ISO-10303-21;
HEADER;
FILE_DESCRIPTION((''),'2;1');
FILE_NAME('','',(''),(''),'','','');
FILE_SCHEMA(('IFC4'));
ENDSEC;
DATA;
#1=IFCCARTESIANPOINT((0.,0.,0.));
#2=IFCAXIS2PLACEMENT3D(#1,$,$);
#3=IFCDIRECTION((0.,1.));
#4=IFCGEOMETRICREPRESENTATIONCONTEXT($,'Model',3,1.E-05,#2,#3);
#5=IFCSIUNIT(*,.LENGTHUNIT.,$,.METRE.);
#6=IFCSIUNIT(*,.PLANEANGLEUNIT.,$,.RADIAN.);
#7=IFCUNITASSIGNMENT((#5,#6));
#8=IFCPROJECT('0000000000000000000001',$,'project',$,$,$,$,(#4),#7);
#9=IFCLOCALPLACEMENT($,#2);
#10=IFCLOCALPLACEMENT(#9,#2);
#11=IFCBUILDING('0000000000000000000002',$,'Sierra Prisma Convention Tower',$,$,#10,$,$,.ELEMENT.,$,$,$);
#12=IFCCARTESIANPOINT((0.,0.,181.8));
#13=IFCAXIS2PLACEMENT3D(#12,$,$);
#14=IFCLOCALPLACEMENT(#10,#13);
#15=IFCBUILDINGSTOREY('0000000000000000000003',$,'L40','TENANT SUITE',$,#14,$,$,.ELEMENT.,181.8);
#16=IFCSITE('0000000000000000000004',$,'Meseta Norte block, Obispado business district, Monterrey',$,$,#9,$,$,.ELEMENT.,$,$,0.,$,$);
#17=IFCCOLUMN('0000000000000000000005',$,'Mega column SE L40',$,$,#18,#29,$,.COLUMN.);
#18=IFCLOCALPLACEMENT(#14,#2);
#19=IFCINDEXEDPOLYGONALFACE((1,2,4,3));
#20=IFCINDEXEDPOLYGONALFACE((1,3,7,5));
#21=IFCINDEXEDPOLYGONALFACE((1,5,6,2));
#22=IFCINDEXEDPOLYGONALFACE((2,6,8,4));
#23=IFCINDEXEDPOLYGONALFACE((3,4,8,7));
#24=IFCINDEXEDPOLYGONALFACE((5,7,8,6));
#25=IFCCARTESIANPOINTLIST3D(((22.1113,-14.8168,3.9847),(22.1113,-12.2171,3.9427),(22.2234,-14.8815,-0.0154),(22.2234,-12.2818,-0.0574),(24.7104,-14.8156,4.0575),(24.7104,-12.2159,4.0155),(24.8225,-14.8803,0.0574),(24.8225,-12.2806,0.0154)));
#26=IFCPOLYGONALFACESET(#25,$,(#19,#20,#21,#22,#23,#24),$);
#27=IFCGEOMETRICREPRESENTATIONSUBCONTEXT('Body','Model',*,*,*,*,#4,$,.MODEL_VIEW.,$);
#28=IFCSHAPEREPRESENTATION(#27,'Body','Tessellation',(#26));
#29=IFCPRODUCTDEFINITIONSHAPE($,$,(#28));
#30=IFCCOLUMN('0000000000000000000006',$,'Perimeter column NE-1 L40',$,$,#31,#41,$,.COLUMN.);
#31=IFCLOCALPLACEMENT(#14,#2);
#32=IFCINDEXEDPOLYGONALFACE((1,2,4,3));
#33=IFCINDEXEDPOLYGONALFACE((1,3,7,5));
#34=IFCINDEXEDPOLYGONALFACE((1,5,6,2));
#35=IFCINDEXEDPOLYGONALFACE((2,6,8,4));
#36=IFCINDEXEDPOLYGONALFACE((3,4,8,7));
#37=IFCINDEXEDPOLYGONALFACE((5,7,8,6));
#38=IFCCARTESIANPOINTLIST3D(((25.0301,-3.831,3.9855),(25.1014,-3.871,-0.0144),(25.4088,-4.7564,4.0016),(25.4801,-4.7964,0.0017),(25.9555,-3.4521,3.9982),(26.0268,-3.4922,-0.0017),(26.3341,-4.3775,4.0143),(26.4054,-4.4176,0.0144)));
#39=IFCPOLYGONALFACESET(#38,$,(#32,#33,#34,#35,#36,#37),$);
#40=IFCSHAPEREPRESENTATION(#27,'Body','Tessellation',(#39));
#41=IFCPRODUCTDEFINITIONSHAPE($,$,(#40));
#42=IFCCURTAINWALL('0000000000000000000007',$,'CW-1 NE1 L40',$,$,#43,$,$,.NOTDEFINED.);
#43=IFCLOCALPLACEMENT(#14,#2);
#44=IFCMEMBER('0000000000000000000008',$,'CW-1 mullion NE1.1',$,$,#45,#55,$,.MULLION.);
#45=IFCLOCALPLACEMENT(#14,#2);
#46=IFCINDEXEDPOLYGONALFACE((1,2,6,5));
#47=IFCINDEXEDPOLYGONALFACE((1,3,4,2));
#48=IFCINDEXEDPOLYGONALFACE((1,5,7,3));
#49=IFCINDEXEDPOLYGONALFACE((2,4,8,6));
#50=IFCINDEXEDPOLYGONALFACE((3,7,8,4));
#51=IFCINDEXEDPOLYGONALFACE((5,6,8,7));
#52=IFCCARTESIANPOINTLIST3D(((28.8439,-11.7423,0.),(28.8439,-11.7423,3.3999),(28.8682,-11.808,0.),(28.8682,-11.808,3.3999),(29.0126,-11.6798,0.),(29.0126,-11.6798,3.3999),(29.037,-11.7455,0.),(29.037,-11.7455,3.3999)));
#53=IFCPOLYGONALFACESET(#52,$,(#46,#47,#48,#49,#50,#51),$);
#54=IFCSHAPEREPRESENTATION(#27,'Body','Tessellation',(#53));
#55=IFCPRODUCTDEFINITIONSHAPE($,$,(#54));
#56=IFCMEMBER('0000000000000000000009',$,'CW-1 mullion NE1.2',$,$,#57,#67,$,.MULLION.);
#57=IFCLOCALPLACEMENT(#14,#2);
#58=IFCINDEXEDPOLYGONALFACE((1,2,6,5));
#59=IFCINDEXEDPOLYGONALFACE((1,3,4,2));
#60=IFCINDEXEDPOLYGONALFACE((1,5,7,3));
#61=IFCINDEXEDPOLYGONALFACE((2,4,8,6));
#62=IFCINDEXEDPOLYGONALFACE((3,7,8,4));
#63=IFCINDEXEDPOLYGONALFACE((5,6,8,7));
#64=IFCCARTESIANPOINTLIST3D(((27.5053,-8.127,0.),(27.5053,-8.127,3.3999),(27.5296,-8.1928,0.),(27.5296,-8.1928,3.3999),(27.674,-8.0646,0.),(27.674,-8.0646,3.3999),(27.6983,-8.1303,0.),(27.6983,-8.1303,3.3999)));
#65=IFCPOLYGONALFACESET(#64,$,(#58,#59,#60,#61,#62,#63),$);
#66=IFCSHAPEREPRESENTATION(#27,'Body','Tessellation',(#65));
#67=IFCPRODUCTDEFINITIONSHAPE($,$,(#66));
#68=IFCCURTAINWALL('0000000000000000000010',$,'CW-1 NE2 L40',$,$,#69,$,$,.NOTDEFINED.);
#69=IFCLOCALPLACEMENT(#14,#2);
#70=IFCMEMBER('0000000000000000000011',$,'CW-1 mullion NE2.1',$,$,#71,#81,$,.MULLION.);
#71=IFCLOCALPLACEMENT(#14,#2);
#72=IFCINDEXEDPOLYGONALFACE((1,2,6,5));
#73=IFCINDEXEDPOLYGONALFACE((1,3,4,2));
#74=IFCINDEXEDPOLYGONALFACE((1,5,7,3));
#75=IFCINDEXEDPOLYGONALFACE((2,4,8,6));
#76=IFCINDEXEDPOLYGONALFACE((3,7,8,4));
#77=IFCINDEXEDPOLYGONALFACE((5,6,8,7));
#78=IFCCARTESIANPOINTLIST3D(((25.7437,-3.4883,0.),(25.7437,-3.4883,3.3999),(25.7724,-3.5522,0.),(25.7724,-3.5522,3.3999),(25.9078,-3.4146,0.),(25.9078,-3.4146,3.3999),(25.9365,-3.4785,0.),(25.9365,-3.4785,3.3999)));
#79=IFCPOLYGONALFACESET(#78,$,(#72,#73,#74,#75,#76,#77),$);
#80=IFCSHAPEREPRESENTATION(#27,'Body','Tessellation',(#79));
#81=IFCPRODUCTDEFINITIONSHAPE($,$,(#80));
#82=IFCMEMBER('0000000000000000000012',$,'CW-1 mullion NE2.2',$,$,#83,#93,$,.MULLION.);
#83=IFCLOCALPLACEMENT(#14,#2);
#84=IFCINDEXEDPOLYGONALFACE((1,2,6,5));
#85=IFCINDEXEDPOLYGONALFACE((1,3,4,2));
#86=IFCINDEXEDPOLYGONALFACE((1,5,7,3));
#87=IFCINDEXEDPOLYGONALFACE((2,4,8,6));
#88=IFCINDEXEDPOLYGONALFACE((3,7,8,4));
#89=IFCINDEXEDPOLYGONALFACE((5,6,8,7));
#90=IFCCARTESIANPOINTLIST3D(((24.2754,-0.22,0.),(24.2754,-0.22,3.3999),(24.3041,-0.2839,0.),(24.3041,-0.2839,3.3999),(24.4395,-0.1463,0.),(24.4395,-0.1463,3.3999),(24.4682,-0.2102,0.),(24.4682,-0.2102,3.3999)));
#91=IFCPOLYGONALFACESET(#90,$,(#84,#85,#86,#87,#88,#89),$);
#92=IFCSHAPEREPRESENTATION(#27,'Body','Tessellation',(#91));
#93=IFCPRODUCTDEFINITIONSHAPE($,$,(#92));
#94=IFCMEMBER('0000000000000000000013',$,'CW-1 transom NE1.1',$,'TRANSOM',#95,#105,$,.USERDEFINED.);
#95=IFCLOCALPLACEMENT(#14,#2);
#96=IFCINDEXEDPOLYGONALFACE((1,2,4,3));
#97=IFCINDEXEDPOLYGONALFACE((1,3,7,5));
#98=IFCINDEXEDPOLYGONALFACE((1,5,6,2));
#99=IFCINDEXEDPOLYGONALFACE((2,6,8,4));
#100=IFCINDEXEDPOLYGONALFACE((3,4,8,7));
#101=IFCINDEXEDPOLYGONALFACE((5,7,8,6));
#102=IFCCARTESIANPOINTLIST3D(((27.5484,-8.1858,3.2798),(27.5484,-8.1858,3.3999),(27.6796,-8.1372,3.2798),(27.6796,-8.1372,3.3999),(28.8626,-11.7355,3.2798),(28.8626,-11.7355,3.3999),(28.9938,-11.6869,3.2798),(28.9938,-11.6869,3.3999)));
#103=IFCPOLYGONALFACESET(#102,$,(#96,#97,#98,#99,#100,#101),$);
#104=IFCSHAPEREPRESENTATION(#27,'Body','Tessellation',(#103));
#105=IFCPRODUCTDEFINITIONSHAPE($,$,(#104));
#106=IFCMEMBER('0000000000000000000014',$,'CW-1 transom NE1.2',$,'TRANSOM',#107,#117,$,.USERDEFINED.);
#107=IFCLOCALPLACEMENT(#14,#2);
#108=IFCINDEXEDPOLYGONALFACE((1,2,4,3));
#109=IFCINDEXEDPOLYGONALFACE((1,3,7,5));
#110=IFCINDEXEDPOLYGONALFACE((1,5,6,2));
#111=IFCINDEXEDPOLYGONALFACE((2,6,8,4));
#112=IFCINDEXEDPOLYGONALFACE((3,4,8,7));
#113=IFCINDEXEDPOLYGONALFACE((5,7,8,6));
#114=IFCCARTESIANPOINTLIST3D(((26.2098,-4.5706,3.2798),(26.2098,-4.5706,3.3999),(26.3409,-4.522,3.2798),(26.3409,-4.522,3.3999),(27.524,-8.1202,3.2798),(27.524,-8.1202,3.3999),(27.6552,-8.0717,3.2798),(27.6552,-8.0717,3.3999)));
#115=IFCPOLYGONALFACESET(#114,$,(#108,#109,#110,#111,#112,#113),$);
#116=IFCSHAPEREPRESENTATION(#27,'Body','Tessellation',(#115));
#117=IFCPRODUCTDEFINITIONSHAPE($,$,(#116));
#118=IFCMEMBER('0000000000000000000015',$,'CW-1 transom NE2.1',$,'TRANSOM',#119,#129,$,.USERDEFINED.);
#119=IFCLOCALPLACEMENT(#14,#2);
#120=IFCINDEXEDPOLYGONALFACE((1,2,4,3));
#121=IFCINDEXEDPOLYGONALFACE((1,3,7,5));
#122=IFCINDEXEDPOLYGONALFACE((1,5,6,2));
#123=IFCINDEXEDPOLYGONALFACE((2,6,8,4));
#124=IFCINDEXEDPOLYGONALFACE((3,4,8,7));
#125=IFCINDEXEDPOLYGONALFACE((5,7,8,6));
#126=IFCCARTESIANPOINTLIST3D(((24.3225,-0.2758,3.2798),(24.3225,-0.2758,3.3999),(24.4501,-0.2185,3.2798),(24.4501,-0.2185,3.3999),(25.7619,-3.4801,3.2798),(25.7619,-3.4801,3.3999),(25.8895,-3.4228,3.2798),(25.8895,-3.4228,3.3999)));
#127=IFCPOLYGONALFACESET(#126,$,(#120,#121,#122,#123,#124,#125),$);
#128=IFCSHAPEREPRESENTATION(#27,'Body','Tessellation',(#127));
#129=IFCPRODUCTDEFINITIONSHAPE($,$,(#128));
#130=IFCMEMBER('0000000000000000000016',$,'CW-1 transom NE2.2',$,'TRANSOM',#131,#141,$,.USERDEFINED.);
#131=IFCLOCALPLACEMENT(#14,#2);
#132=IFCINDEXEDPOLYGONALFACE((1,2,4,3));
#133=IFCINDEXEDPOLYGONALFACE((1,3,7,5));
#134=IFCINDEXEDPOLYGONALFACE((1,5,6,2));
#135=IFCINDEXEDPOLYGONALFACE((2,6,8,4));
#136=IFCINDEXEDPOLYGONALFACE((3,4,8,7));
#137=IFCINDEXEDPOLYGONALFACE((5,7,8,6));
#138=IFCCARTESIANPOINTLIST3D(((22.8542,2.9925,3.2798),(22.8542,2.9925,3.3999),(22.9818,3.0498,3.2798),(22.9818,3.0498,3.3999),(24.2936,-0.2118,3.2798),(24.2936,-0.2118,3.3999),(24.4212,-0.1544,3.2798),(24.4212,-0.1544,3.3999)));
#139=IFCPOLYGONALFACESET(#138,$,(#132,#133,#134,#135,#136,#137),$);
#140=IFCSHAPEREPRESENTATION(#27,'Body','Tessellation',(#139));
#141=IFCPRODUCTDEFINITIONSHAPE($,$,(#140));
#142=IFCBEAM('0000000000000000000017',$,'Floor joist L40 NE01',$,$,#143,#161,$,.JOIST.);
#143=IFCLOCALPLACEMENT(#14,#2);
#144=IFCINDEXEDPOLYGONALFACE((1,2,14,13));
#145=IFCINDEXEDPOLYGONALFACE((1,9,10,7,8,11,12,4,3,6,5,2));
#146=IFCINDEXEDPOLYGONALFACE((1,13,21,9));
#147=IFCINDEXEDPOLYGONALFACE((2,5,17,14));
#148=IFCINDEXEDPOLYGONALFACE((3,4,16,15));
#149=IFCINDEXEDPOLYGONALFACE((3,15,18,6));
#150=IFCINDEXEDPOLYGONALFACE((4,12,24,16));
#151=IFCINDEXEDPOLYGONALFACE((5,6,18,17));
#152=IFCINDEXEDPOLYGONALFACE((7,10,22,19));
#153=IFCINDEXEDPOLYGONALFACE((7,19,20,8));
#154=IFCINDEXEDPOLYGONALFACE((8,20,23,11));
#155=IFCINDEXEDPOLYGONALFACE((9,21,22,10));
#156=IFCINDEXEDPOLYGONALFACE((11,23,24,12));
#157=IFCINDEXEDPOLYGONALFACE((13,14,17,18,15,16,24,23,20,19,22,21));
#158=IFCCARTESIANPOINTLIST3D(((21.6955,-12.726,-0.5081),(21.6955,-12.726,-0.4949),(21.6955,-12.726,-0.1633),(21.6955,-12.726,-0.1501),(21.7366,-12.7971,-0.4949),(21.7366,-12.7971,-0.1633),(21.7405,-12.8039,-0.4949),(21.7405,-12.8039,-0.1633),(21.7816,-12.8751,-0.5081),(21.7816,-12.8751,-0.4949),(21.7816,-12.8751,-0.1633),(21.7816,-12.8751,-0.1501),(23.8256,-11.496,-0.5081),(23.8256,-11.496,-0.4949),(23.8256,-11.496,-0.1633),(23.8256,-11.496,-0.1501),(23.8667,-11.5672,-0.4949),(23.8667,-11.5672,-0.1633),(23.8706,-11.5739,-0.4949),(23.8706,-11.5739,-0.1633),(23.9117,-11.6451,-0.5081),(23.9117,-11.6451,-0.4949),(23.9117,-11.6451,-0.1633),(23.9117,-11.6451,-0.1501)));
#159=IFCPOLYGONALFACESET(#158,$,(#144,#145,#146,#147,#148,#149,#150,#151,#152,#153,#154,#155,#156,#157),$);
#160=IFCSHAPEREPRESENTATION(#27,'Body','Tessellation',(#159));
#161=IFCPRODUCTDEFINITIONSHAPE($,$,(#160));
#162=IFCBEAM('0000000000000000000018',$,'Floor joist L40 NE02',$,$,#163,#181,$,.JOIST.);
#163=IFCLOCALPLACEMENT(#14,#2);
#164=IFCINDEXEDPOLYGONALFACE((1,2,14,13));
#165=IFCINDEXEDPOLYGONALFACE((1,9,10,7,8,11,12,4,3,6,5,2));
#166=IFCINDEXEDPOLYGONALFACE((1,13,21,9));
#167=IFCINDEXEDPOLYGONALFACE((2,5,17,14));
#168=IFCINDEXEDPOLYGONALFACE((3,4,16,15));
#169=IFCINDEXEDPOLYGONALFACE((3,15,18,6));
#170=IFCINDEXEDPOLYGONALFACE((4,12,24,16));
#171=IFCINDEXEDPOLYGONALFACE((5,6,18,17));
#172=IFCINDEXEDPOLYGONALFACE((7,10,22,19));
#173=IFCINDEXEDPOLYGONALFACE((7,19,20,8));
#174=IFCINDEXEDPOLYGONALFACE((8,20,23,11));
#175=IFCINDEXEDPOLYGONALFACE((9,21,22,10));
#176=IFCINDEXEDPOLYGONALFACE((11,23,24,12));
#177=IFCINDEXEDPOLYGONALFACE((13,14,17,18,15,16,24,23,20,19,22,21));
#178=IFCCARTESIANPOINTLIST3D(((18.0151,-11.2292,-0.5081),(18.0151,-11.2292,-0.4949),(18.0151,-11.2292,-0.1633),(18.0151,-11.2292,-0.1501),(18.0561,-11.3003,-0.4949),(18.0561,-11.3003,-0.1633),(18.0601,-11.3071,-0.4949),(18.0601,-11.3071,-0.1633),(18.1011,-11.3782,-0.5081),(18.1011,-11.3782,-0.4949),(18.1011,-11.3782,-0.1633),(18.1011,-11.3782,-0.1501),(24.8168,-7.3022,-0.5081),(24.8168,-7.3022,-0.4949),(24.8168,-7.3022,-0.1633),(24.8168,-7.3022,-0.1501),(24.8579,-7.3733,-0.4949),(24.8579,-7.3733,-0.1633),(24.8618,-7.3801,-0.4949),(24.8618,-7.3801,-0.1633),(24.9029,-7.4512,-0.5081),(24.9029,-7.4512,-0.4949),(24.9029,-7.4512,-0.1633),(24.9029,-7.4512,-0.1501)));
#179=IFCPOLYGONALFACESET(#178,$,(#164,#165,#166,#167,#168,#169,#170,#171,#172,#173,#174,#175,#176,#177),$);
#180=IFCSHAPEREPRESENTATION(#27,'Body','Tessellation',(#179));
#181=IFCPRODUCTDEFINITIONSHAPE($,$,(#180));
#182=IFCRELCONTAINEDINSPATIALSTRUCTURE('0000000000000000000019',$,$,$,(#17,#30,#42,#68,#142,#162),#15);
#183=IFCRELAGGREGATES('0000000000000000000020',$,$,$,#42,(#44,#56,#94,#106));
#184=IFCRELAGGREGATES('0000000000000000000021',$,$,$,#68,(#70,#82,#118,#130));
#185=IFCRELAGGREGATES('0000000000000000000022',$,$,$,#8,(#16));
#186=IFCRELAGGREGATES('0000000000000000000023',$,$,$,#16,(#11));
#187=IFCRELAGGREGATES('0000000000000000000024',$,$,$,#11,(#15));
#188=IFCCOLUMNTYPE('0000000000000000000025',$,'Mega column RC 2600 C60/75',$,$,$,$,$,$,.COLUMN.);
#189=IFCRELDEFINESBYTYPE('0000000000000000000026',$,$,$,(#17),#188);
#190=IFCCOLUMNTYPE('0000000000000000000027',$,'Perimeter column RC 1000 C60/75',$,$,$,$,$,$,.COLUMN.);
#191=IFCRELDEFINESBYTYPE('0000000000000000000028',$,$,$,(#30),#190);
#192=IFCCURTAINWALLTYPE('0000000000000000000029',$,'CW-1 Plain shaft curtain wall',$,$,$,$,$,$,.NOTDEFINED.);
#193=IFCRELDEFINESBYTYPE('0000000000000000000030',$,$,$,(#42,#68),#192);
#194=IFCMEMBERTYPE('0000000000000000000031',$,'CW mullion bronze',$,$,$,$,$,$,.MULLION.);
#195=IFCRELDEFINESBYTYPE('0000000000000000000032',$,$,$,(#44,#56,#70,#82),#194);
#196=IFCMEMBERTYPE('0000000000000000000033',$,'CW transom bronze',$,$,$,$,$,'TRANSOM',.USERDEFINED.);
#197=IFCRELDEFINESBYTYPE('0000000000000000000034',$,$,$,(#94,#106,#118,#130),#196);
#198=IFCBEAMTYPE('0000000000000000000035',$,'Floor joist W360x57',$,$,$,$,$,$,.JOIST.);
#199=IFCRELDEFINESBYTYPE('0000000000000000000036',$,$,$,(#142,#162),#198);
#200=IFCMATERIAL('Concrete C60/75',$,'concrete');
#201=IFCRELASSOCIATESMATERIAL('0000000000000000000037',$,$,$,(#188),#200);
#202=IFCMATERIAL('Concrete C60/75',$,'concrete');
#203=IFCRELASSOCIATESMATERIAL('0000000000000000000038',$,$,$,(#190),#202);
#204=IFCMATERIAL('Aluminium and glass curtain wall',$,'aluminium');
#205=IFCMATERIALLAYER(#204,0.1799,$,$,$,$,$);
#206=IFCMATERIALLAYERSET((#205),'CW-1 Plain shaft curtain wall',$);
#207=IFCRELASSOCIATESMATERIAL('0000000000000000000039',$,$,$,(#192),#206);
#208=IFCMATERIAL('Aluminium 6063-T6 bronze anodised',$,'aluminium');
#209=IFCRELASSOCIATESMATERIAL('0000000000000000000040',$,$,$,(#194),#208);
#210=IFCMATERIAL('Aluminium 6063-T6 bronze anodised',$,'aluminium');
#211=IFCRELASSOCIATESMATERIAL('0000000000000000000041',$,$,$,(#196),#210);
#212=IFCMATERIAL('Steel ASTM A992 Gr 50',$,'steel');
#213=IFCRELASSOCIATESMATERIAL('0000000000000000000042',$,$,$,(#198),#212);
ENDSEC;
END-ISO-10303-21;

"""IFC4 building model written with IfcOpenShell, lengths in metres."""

from ifc_helpers import new_model, si_unit, direction, frame, origin, origin_2d, place, context, subcontext, project, spatial, rectangle, i_section, extrude, material, layer, layer_set, material_profile, profile_set, type_object, element, aggregate, save


model = new_model("IFC4")

# Units and contexts
model_context = context("Model", 3, precision=1e-05, world=origin(), true_north=direction((0.0, 1.0)))
body_context = subcontext(model_context, "Body", "Model", "MODEL_VIEW")
ifc_project = project(units=[si_unit("LENGTHUNIT", "METRE"), si_unit("PLANEANGLEUNIT", "RADIAN")], contexts=[model_context])

# Site, building, storey
site_placement = place(None, origin())
site = spatial("IfcSite", under=ifc_project, at=site_placement, Name="Meseta Norte block, Obispado business district, Monterrey", CompositionType="ELEMENT", RefElevation=0.0)
building_placement = place(site_placement, origin())
building = spatial("IfcBuilding", under=site, at=building_placement, Name="Sierra Prisma Convention Tower", CompositionType="ELEMENT")
storey_placement = place(building_placement, frame((0.0, 0.0, 181.8)))
storey = spatial("IfcBuildingStorey", under=building, at=storey_placement, Name="L40", Description="TENANT SUITE", CompositionType="ELEMENT", Elevation=181.8)

# Columns
ifc_material_1 = material(Name="Concrete C60/75", Category="concrete")
ifc_material_profile_1 = material_profile(ifc_material_1, rectangle(XDim=2.6001, YDim=2.6001, at=origin_2d()), Name="Mega column RC 2600 C60/75")
ifc_profile_set_1 = profile_set([ifc_material_profile_1], Name="Concrete C60/75")
column_type_1 = type_object("IfcColumnType", Name="Mega column RC 2600 C60/75", PredefinedType="COLUMN", material=ifc_profile_set_1)
column_1_placement = place(storey_placement, frame((23.5229, -13.5811, 0.0), z_axis=(-0.028, 0.016166, 0.999477), x_axis=(0.999608, 0.000453, 0.027997)))
element("IfcColumn", 1, at=column_1_placement, inside=storey, type_object=column_type_1, Name="Mega column SE L40", PredefinedType="COLUMN", context=body_context, shape_type="SweptSolid", body=[
    extrude(rectangle(XDim=2.6001, YDim=2.6001, at=origin_2d()), origin(), (0.0, 0.0, 1.0), 4.0022),
])
ifc_material_2 = material(Name="Concrete C60/75", Category="concrete")
ifc_material_profile_2 = material_profile(ifc_material_2, rectangle(XDim=1.0, YDim=1.0, at=origin_2d()), Name="Perimeter column RC 1000 C60/75")
ifc_profile_set_2 = profile_set([ifc_material_profile_2], Name="Concrete C60/75")
column_type_2 = type_object("IfcColumnType", Name="Perimeter column RC 1000 C60/75", PredefinedType="COLUMN", material=ifc_profile_set_2)
column_2_placement = place(storey_placement, frame((25.7534, -4.1443, 0.0), z_axis=(-0.017819, 0.010008, 0.999791), x_axis=(-0.378655, 0.925399, -0.016012)))
element("IfcColumn", 2, at=column_2_placement, inside=storey, type_object=column_type_2, Name="Perimeter column NE-1 L40", PredefinedType="COLUMN", context=body_context, shape_type="SweptSolid", body=[
    extrude(rectangle(XDim=1.0, YDim=1.0, at=origin_2d()), origin(), (0.0, 0.0, 1.0), 4.0007),
])

# Curtain walls, members
ifc_material_3 = material(Name="Aluminium and glass curtain wall", Category="aluminium")
ifc_layer_1 = layer(ifc_material_3, 0.1799)
ifc_layer_set_1 = layer_set([ifc_layer_1], Name="CW-1 Plain shaft curtain wall")
curtain_wall_type = type_object("IfcCurtainWallType", Name="CW-1 Plain shaft curtain wall", PredefinedType="NOTDEFINED", material=ifc_layer_set_1)
curtain_wall_1_placement = place(storey_placement, origin())
curtain_wall_1 = element("IfcCurtainWall", 3, at=curtain_wall_1_placement, inside=storey, type_object=curtain_wall_type, Name="CW-1 NE1 L40", PredefinedType="NOTDEFINED")
ifc_material_4 = material(Name="Aluminium 6063-T6 bronze anodised", Category="aluminium")
ifc_material_profile_3 = material_profile(ifc_material_4, rectangle(XDim=0.1799, YDim=0.0701, at=origin_2d()), Name="ALU MULLION 70x180")
ifc_profile_set_3 = profile_set([ifc_material_profile_3], Name="Aluminium 6063-T6 bronze anodised")
member_type_1 = type_object("IfcMemberType", Name="CW mullion bronze", PredefinedType="MULLION", material=ifc_profile_set_3)
member_1_placement = place(storey_placement, frame((28.9404, -11.7439, 0.0), z_axis=(0.0, 0.0, 1.0), x_axis=(-0.937782, -0.347224, 0.0)))
member_1 = element("IfcMember", 4, at=member_1_placement, type_object=member_type_1, Name="CW-1 mullion NE1.1", PredefinedType="MULLION", context=body_context, shape_type="SweptSolid", body=[
    extrude(rectangle(XDim=0.1799, YDim=0.0701, at=origin_2d()), origin(), (0.0, 0.0, 1.0), 3.3999),
])
member_2_placement = place(storey_placement, frame((27.6018, -8.1287, 0.0), z_axis=(0.0, 0.0, 1.0), x_axis=(-0.937782, -0.347224, 0.0)))
member_2 = element("IfcMember", 5, at=member_2_placement, type_object=member_type_1, Name="CW-1 mullion NE1.2", PredefinedType="MULLION", context=body_context, shape_type="SweptSolid", body=[
    extrude(rectangle(XDim=0.1799, YDim=0.0701, at=origin_2d()), origin(), (0.0, 0.0, 1.0), 3.3999),
])
curtain_wall_2_placement = place(storey_placement, origin())
curtain_wall_2 = element("IfcCurtainWall", 6, at=curtain_wall_2_placement, inside=storey, type_object=curtain_wall_type, Name="CW-1 NE2 L40", PredefinedType="NOTDEFINED")
member_3_placement = place(storey_placement, frame((25.8401, -3.4834, 0.0), z_axis=(0.0, 0.0, 1.0), x_axis=(-0.912188, -0.409773, 0.0)))
member_3 = element("IfcMember", 7, at=member_3_placement, type_object=member_type_1, Name="CW-1 mullion NE2.1", PredefinedType="MULLION", context=body_context, shape_type="SweptSolid", body=[
    extrude(rectangle(XDim=0.1799, YDim=0.0701, at=origin_2d()), origin(), (0.0, 0.0, 1.0), 3.3999),
])
member_4_placement = place(storey_placement, frame((24.3718, -0.2151, 0.0), z_axis=(0.0, 0.0, 1.0), x_axis=(-0.912188, -0.409773, 0.0)))
member_4 = element("IfcMember", 8, at=member_4_placement, type_object=member_type_1, Name="CW-1 mullion NE2.2", PredefinedType="MULLION", context=body_context, shape_type="SweptSolid", body=[
    extrude(rectangle(XDim=0.1799, YDim=0.0701, at=origin_2d()), origin(), (0.0, 0.0, 1.0), 3.3999),
])

# Members
ifc_material_5 = material(Name="Aluminium 6063-T6 bronze anodised", Category="aluminium")
ifc_material_profile_4 = material_profile(ifc_material_5, rectangle(XDim=0.1399, YDim=0.1201, at=origin_2d()), Name="ALU TRANSOM 120x140")
ifc_profile_set_4 = profile_set([ifc_material_profile_4], Name="Aluminium 6063-T6 bronze anodised")
member_type_2 = type_object("IfcMemberType", Name="CW transom bronze", ElementType="TRANSOM", PredefinedType="USERDEFINED", material=ifc_profile_set_4)
member_5_placement = place(storey_placement, frame((28.9282, -11.7112, 3.3398), z_axis=(-0.347211, 0.937787, 0.0), x_axis=(-0.937787, -0.347211, 0.0)))
member_5 = element("IfcMember", 9, at=member_5_placement, type_object=member_type_2, Name="CW-1 transom NE1.1", ObjectType="TRANSOM", PredefinedType="USERDEFINED", context=body_context, shape_type="SweptSolid", body=[
    extrude(rectangle(XDim=0.1399, YDim=0.1201, at=origin_2d()), origin(), (0.0, 0.0, 1.0), 3.7852),
])
member_6_placement = place(storey_placement, frame((27.5896, -8.0959, 3.3398), z_axis=(-0.347211, 0.937787, 0.0), x_axis=(-0.937787, -0.347211, 0.0)))
member_6 = element("IfcMember", 10, at=member_6_placement, type_object=member_type_2, Name="CW-1 transom NE1.2", ObjectType="TRANSOM", PredefinedType="USERDEFINED", context=body_context, shape_type="SweptSolid", body=[
    extrude(rectangle(XDim=0.1399, YDim=0.1201, at=origin_2d()), origin(), (0.0, 0.0, 1.0), 3.7852),
])
member_7_placement = place(storey_placement, frame((25.8257, -3.4514, 3.3398), z_axis=(-0.409772, 0.912188, 0.0), x_axis=(-0.912188, -0.409772, 0.0)))
member_7 = element("IfcMember", 11, at=member_7_placement, type_object=member_type_2, Name="CW-1 transom NE2.1", ObjectType="TRANSOM", PredefinedType="USERDEFINED", context=body_context, shape_type="SweptSolid", body=[
    extrude(rectangle(XDim=0.1399, YDim=0.1201, at=origin_2d()), origin(), (0.0, 0.0, 1.0), 3.5127),
])
member_8_placement = place(storey_placement, frame((24.3574, -0.1831, 3.3398), z_axis=(-0.409772, 0.912188, 0.0), x_axis=(-0.912188, -0.409772, 0.0)))
member_8 = element("IfcMember", 12, at=member_8_placement, type_object=member_type_2, Name="CW-1 transom NE2.2", ObjectType="TRANSOM", PredefinedType="USERDEFINED", context=body_context, shape_type="SweptSolid", body=[
    extrude(rectangle(XDim=0.1399, YDim=0.1201, at=origin_2d()), origin(), (0.0, 0.0, 1.0), 3.5127),
])

# Beams
ifc_material_6 = material(Name="Steel ASTM A992 Gr 50", Category="steel")
ifc_material_profile_5 = material_profile(ifc_material_6, i_section(OverallWidth=0.1721, OverallDepth=0.3579, WebThickness=0.0078, FlangeThickness=0.0132, at=origin_2d()), Name="W360x57")
ifc_profile_set_5 = profile_set([ifc_material_profile_5], Name="Steel ASTM A992 Gr 50")
beam_type_1 = type_object("IfcBeamType", Name="Floor joist W360x57", PredefinedType="JOIST", material=ifc_profile_set_5)
beam_1_placement = place(storey_placement, frame((23.8687, -11.5706, -0.3291), z_axis=(-0.865999, -0.500046, 0.0), x_axis=(0.500046, -0.865999, 0.0)))
element("IfcBeam", 13, at=beam_1_placement, inside=storey, type_object=beam_type_1, Name="Floor joist L40 NE01", PredefinedType="JOIST", context=body_context, shape_type="SweptSolid", body=[
    extrude(i_section(OverallWidth=0.1721, OverallDepth=0.3579, WebThickness=0.0078, FlangeThickness=0.0132, at=origin_2d()), origin(), (0.0, 0.0, 1.0), 2.4597),
])
beam_2_placement = place(storey_placement, frame((24.8599, -7.3767, -0.3291), z_axis=(-0.866025, -0.500001, 0.0), x_axis=(0.500001, -0.866025, 0.0)))
element("IfcBeam", 14, at=beam_2_placement, inside=storey, type_object=beam_type_1, Name="Floor joist L40 NE02", PredefinedType="JOIST", context=body_context, shape_type="SweptSolid", body=[
    extrude(i_section(OverallWidth=0.1721, OverallDepth=0.3579, WebThickness=0.0078, FlangeThickness=0.0132, at=origin_2d()), origin(), (0.0, 0.0, 1.0), 7.854),
])

aggregate(curtain_wall_1, [member_1, member_2, member_5, member_6])
aggregate(curtain_wall_2, [member_3, member_4, member_7, member_8])

save(model, "model.ifc")
